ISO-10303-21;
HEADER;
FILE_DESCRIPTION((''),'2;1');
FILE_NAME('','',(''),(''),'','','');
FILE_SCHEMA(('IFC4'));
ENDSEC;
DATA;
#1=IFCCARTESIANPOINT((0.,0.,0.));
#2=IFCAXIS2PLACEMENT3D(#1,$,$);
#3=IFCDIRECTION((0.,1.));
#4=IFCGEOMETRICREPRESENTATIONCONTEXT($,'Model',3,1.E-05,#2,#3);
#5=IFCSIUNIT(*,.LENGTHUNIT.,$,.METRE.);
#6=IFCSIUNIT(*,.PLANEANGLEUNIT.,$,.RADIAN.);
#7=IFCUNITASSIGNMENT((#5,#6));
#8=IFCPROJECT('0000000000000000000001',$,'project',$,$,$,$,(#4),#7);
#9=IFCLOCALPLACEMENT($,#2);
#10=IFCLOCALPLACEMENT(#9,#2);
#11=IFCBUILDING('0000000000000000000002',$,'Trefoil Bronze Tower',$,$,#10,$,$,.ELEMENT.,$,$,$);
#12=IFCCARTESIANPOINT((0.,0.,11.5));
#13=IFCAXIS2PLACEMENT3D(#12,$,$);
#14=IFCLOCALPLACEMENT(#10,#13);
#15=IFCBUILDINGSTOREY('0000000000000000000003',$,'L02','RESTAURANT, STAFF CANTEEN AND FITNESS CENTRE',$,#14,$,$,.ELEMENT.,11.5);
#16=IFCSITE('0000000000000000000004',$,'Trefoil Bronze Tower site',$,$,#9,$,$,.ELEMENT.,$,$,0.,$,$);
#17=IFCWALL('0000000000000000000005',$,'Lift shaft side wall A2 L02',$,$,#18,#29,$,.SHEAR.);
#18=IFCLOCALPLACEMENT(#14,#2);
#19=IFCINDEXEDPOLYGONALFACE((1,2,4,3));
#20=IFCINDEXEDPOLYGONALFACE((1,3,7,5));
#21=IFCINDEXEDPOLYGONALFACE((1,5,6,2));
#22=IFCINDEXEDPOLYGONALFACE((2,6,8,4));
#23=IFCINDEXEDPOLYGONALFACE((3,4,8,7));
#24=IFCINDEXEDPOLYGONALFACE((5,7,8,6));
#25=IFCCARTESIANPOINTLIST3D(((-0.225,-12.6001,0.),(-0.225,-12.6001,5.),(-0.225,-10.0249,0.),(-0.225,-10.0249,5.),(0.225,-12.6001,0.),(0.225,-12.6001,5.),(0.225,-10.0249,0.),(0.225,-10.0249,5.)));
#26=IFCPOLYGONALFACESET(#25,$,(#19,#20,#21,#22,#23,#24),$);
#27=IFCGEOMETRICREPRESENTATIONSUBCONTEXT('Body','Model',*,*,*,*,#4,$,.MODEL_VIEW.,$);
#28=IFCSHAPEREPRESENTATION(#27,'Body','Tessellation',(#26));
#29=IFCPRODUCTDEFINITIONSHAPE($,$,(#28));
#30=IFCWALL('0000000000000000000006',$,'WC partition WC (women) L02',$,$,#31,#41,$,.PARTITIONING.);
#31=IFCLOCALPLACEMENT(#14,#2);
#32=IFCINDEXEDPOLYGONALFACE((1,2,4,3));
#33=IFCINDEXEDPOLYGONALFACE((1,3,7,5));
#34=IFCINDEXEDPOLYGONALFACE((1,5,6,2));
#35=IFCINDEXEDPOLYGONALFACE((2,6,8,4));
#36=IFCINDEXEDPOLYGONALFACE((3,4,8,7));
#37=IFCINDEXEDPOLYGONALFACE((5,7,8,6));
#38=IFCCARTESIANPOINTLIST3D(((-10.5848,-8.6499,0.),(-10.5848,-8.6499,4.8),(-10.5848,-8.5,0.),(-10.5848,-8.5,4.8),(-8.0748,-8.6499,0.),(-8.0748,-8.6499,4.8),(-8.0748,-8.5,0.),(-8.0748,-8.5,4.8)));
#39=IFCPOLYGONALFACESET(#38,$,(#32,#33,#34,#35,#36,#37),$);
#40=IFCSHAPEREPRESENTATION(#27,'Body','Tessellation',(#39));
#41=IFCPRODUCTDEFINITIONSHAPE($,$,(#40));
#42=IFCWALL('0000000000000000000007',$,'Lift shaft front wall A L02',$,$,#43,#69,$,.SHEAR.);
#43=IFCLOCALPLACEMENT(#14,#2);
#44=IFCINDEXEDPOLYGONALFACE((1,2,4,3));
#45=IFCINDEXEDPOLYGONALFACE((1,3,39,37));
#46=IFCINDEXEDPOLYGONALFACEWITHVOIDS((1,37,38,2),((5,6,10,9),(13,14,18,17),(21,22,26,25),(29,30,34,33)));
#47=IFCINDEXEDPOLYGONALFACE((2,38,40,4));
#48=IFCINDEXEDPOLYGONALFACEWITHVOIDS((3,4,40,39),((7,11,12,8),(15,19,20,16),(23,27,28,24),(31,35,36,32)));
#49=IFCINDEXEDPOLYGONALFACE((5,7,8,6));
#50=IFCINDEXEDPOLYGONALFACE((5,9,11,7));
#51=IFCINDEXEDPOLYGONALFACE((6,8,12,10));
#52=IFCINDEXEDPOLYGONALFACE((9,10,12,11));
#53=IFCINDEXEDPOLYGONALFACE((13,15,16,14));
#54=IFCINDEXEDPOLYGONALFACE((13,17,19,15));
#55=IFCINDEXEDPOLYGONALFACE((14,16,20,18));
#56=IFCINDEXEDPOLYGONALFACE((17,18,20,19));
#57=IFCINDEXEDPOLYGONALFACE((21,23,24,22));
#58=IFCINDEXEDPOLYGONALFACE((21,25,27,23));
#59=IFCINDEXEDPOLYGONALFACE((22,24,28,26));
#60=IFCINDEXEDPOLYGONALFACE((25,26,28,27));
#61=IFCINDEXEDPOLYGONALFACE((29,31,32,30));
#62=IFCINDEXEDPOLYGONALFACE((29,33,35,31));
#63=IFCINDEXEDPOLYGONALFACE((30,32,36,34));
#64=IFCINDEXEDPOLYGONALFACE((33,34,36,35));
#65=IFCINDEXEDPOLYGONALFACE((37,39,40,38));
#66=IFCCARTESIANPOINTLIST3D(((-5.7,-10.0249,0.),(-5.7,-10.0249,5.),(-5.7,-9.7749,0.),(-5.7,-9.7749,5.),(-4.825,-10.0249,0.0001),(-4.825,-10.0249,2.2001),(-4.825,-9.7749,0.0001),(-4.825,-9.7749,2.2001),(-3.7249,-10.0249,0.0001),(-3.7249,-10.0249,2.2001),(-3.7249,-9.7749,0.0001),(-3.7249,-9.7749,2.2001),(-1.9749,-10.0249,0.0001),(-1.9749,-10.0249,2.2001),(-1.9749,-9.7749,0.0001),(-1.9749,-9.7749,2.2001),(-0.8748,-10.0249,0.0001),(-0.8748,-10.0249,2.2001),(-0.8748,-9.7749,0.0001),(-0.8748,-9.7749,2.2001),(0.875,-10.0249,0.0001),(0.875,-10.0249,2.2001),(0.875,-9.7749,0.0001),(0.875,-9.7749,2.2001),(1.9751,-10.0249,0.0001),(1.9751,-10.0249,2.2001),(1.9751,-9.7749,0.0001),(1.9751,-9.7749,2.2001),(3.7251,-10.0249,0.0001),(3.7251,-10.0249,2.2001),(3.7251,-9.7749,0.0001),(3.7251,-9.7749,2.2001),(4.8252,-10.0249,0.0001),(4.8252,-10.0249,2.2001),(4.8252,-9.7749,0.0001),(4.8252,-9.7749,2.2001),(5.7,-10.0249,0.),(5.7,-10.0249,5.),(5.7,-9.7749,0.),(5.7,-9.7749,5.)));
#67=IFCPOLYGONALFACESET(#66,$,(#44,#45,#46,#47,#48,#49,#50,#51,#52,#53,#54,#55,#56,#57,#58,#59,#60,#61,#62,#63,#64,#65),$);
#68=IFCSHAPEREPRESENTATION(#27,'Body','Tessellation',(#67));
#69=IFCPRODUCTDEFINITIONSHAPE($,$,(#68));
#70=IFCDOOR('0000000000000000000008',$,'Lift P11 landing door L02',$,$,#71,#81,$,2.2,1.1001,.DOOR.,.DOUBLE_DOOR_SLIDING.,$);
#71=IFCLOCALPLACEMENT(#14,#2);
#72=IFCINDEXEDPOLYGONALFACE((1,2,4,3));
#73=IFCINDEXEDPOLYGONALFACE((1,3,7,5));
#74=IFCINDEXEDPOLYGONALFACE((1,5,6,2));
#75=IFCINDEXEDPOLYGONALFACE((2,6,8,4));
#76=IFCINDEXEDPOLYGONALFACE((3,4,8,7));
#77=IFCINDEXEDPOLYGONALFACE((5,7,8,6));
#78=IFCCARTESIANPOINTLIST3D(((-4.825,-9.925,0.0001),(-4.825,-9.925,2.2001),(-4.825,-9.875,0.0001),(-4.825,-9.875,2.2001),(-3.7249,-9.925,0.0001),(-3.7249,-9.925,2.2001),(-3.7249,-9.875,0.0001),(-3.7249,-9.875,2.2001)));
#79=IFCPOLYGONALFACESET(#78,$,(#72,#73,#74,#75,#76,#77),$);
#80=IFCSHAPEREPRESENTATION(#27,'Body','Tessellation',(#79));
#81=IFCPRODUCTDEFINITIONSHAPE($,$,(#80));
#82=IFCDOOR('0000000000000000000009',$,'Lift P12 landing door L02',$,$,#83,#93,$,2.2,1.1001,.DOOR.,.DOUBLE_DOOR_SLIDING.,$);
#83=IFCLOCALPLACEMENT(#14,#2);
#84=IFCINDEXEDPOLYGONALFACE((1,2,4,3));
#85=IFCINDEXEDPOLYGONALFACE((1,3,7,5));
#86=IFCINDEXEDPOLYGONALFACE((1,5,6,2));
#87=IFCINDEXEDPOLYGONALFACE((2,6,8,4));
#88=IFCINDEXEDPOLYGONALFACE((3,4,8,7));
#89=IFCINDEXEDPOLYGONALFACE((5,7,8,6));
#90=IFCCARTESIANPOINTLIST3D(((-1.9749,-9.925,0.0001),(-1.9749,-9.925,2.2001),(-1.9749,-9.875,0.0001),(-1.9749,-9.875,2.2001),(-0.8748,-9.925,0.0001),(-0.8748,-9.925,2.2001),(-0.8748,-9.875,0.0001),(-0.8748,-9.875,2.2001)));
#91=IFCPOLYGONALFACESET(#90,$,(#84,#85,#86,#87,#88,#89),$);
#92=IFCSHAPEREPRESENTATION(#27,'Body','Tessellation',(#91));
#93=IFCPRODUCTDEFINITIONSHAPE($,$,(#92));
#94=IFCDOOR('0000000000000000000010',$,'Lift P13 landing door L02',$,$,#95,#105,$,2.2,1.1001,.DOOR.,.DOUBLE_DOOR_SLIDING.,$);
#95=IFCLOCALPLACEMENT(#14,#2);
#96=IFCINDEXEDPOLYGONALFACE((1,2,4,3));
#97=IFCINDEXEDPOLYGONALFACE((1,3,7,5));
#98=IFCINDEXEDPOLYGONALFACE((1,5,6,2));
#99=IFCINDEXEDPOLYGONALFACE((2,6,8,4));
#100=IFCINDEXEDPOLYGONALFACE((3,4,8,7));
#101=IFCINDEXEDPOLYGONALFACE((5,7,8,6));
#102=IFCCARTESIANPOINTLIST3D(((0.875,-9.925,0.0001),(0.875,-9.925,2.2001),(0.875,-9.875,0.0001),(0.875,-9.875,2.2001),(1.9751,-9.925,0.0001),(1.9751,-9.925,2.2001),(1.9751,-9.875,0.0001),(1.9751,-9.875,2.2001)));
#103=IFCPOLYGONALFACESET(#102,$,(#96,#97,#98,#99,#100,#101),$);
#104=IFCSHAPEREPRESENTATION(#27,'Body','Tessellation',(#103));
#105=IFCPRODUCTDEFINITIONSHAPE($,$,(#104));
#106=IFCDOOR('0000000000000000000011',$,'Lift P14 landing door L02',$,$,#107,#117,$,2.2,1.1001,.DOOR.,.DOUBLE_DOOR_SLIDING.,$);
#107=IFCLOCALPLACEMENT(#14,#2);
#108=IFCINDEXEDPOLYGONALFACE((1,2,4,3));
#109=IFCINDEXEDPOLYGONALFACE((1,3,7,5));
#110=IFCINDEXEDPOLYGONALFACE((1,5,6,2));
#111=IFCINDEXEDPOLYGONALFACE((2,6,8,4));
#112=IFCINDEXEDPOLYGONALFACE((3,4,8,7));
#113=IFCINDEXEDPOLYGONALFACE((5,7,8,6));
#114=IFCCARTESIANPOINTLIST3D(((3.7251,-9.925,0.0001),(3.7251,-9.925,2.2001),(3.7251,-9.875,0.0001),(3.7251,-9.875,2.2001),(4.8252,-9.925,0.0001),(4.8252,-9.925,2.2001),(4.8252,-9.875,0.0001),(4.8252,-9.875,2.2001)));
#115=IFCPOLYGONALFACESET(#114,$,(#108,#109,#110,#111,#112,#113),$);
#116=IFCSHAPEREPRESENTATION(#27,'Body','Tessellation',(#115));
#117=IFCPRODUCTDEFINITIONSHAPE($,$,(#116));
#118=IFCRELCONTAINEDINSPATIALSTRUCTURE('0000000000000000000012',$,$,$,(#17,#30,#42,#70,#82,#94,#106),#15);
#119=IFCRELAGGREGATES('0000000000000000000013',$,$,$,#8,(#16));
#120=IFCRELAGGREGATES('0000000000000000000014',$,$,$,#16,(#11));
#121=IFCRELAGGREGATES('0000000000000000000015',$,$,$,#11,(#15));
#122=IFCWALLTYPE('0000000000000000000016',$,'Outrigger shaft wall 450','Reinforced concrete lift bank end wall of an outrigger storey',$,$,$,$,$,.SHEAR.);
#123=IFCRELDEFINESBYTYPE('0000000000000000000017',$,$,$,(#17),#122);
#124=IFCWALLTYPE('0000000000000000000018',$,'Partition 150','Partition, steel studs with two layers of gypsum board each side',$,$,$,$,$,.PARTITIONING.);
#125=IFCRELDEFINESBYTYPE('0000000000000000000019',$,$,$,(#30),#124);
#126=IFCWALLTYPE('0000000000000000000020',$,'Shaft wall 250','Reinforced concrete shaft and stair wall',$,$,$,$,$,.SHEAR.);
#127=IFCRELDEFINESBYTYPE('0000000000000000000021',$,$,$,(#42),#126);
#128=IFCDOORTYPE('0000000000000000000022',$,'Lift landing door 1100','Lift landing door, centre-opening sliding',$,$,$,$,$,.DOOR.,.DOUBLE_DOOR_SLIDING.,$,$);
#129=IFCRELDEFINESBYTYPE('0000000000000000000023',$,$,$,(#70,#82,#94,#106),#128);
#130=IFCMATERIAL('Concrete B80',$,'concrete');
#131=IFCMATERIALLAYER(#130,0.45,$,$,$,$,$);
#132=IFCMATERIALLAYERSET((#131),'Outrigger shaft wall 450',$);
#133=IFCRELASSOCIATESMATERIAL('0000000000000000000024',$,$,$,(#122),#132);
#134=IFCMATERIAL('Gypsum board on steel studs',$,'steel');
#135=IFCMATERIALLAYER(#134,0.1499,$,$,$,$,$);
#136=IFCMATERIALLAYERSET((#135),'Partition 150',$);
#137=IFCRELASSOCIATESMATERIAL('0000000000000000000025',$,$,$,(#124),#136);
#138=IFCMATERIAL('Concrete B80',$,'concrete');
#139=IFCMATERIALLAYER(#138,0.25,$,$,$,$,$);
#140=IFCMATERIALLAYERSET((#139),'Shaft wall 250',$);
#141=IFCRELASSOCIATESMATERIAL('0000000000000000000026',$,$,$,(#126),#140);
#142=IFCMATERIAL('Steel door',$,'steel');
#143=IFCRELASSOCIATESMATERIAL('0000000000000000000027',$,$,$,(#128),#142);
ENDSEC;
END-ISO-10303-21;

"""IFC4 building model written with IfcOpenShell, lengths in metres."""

from ifc_helpers import new_model, si_unit, direction, frame, frame_2d, origin, place, context, subcontext, project, spatial, rectangle, extrude, material, layer, layer_set, type_object, element, fill, save


model = new_model("IFC4")

# Units and contexts
model_context = context("Model", 3, precision=1e-05, world=origin(), true_north=direction((0.0, 1.0)))
body_context = subcontext(model_context, "Body", "Model", "MODEL_VIEW")
ifc_project = project(units=[si_unit("LENGTHUNIT", "METRE"), si_unit("PLANEANGLEUNIT", "RADIAN")], contexts=[model_context])

# Site, building, storey
site_placement = place(None, origin())
site = spatial("IfcSite", under=ifc_project, at=site_placement, Name="Trefoil Bronze Tower site", CompositionType="ELEMENT", RefElevation=0.0)
building_placement = place(site_placement, origin())
building = spatial("IfcBuilding", under=site, at=building_placement, Name="Trefoil Bronze Tower", CompositionType="ELEMENT")
storey_placement = place(building_placement, frame((0.0, 0.0, 11.5)))
storey = spatial("IfcBuildingStorey", under=building, at=storey_placement, Name="L02", Description="RESTAURANT, STAFF CANTEEN AND FITNESS CENTRE", CompositionType="ELEMENT", Elevation=11.5)

# Walls
ifc_material_1 = material(Name="Concrete B80", Category="concrete")
ifc_layer_1 = layer(ifc_material_1, 0.45)
ifc_layer_set_1 = layer_set([ifc_layer_1], Name="Outrigger shaft wall 450")
wall_type_1 = type_object("IfcWallType", Name="Outrigger shaft wall 450", Description="Reinforced concrete lift bank end wall of an outrigger storey", PredefinedType="SHEAR", material=ifc_layer_set_1)
for number, where, z_axis, x_axis, name in (
    (1, (0.0, -10.0249, 0.0), (0.0, 0.0, 1.0), (0.0, -1.0, 0.0), "Lift shaft side wall A2 L02"),
):
    element("IfcWall", number, at=place(storey_placement, frame(where, z_axis=z_axis, x_axis=x_axis)), inside=storey, type_object=wall_type_1, Name=name, PredefinedType="SHEAR", context=body_context, shape_type="SweptSolid", body=[
        extrude(rectangle(XDim=2.5752, YDim=0.45, at=frame_2d((1.2876, 0.0))), origin(), (0.0, 0.0, 1.0), 5.0),
    ])
ifc_material_2 = material(Name="Gypsum board on steel studs", Category="steel")
ifc_layer_2 = layer(ifc_material_2, 0.1499)
ifc_layer_set_2 = layer_set([ifc_layer_2], Name="Partition 150")
wall_type_2 = type_object("IfcWallType", Name="Partition 150", Description="Partition, steel studs with two layers of gypsum board each side", PredefinedType="PARTITIONING", material=ifc_layer_set_2)
wall_1_placement = place(storey_placement, frame((-8.075, -8.575, 0.0), z_axis=(0.0, 0.0, 1.0), x_axis=(-1.0, 0.0, 0.0)))
element("IfcWall", 2, at=wall_1_placement, inside=storey, type_object=wall_type_2, Name="WC partition WC (women) L02", PredefinedType="PARTITIONING", context=body_context, shape_type="SweptSolid", body=[
    extrude(rectangle(XDim=2.51, YDim=0.1499, at=frame_2d((1.2549, 0.0))), origin(), (0.0, 0.0, 1.0), 4.8),
])

# Wall, openings, doors
ifc_material_3 = material(Name="Concrete B80", Category="concrete")
ifc_layer_3 = layer(ifc_material_3, 0.25)
ifc_layer_set_3 = layer_set([ifc_layer_3], Name="Shaft wall 250")
wall_type_3 = type_object("IfcWallType", Name="Shaft wall 250", Description="Reinforced concrete shaft and stair wall", PredefinedType="SHEAR", material=ifc_layer_set_3)
wall_2_placement = place(storey_placement, frame((-5.7, -9.8999, 0.0), z_axis=(0.0, 0.0, 1.0), x_axis=(1.0, 0.0, 0.0)))
wall_2 = element("IfcWall", 3, at=wall_2_placement, inside=storey, type_object=wall_type_3, Name="Lift shaft front wall A L02", PredefinedType="SHEAR", context=body_context, shape_type="SweptSolid", body=[
    extrude(rectangle(XDim=11.3999, YDim=0.25, at=frame_2d((5.7, 0.0))), origin(), (0.0, 0.0, 1.0), 5.0),
])
opening_1_placement = place(wall_2_placement, frame((0.875, 0.0, 0.0)))
opening_1 = element("IfcOpeningElement", 4, at=opening_1_placement, cuts=wall_2, PredefinedType="OPENING", context=body_context, shape_type="SweptSolid", body=[
    extrude(rectangle(XDim=1.1001, YDim=2.2, at=frame_2d((0.55, 1.1001))), frame((0.0, 0.135, 0.0), z_axis=(0.0, -1.0, 0.0), x_axis=(1.0, 0.0, 0.0)), (0.0, 0.0, 1.0), 0.27),
])
opening_2_placement = place(wall_2_placement, frame((3.7251, 0.0, 0.0)))
opening_2 = element("IfcOpeningElement", 5, at=opening_2_placement, cuts=wall_2, PredefinedType="OPENING", context=body_context, shape_type="SweptSolid", body=[
    extrude(rectangle(XDim=1.1001, YDim=2.2, at=frame_2d((0.55, 1.1001))), frame((0.0, 0.135, 0.0), z_axis=(0.0, -1.0, 0.0), x_axis=(1.0, 0.0, 0.0)), (0.0, 0.0, 1.0), 0.27),
])
opening_3_placement = place(wall_2_placement, frame((6.575, 0.0, 0.0)))
opening_3 = element("IfcOpeningElement", 6, at=opening_3_placement, cuts=wall_2, PredefinedType="OPENING", context=body_context, shape_type="SweptSolid", body=[
    extrude(rectangle(XDim=1.1001, YDim=2.2, at=frame_2d((0.55, 1.1001))), frame((0.0, 0.135, 0.0), z_axis=(0.0, -1.0, 0.0), x_axis=(1.0, 0.0, 0.0)), (0.0, 0.0, 1.0), 0.27),
])
opening_4_placement = place(wall_2_placement, frame((9.425, 0.0, 0.0)))
opening_4 = element("IfcOpeningElement", 7, at=opening_4_placement, cuts=wall_2, PredefinedType="OPENING", context=body_context, shape_type="SweptSolid", body=[
    extrude(rectangle(XDim=1.1001, YDim=2.2, at=frame_2d((0.55, 1.1001))), frame((0.0, 0.135, 0.0), z_axis=(0.0, -1.0, 0.0), x_axis=(1.0, 0.0, 0.0)), (0.0, 0.0, 1.0), 0.27),
])
ifc_material_4 = material(Name="Steel door", Category="steel")
door_type_1 = type_object("IfcDoorType", Name="Lift landing door 1100", Description="Lift landing door, centre-opening sliding", OperationType="DOUBLE_DOOR_SLIDING", PredefinedType="DOOR", material=ifc_material_4)
door_1_placement = place(opening_1_placement, origin())
door_1 = element("IfcDoor", 8, at=door_1_placement, inside=storey, type_object=door_type_1, Name="Lift P11 landing door L02", OperationType="DOUBLE_DOOR_SLIDING", OverallHeight=2.2, OverallWidth=1.1001, PredefinedType="DOOR", context=body_context, shape_type="SweptSolid", body=[
    extrude(rectangle(XDim=1.1001, YDim=2.2, at=frame_2d((0.55, 1.1001))), frame((0.0, 0.0249, 0.0), z_axis=(0.0, -1.0, 0.0), x_axis=(1.0, 0.0, 0.0)), (0.0, 0.0, 1.0), 0.05),
])
fill(opening_1, door_1)
door_2_placement = place(opening_2_placement, origin())
door_2 = element("IfcDoor", 9, at=door_2_placement, inside=storey, type_object=door_type_1, Name="Lift P12 landing door L02", OperationType="DOUBLE_DOOR_SLIDING", OverallHeight=2.2, OverallWidth=1.1001, PredefinedType="DOOR", context=body_context, shape_type="SweptSolid", body=[
    extrude(rectangle(XDim=1.1001, YDim=2.2, at=frame_2d((0.55, 1.1001))), frame((0.0, 0.0249, 0.0), z_axis=(0.0, -1.0, 0.0), x_axis=(1.0, 0.0, 0.0)), (0.0, 0.0, 1.0), 0.05),
])
fill(opening_2, door_2)
door_3_placement = place(opening_3_placement, origin())
door_3 = element("IfcDoor", 10, at=door_3_placement, inside=storey, type_object=door_type_1, Name="Lift P13 landing door L02", OperationType="DOUBLE_DOOR_SLIDING", OverallHeight=2.2, OverallWidth=1.1001, PredefinedType="DOOR", context=body_context, shape_type="SweptSolid", body=[
    extrude(rectangle(XDim=1.1001, YDim=2.2, at=frame_2d((0.55, 1.1001))), frame((0.0, 0.0249, 0.0), z_axis=(0.0, -1.0, 0.0), x_axis=(1.0, 0.0, 0.0)), (0.0, 0.0, 1.0), 0.05),
])
fill(opening_3, door_3)
door_4_placement = place(opening_4_placement, origin())
door_4 = element("IfcDoor", 11, at=door_4_placement, inside=storey, type_object=door_type_1, Name="Lift P14 landing door L02", OperationType="DOUBLE_DOOR_SLIDING", OverallHeight=2.2, OverallWidth=1.1001, PredefinedType="DOOR", context=body_context, shape_type="SweptSolid", body=[
    extrude(rectangle(XDim=1.1001, YDim=2.2, at=frame_2d((0.55, 1.1001))), frame((0.0, 0.0249, 0.0), z_axis=(0.0, -1.0, 0.0), x_axis=(1.0, 0.0, 0.0)), (0.0, 0.0, 1.0), 0.05),
])
fill(opening_4, door_4)

save(model, "model.ifc")
